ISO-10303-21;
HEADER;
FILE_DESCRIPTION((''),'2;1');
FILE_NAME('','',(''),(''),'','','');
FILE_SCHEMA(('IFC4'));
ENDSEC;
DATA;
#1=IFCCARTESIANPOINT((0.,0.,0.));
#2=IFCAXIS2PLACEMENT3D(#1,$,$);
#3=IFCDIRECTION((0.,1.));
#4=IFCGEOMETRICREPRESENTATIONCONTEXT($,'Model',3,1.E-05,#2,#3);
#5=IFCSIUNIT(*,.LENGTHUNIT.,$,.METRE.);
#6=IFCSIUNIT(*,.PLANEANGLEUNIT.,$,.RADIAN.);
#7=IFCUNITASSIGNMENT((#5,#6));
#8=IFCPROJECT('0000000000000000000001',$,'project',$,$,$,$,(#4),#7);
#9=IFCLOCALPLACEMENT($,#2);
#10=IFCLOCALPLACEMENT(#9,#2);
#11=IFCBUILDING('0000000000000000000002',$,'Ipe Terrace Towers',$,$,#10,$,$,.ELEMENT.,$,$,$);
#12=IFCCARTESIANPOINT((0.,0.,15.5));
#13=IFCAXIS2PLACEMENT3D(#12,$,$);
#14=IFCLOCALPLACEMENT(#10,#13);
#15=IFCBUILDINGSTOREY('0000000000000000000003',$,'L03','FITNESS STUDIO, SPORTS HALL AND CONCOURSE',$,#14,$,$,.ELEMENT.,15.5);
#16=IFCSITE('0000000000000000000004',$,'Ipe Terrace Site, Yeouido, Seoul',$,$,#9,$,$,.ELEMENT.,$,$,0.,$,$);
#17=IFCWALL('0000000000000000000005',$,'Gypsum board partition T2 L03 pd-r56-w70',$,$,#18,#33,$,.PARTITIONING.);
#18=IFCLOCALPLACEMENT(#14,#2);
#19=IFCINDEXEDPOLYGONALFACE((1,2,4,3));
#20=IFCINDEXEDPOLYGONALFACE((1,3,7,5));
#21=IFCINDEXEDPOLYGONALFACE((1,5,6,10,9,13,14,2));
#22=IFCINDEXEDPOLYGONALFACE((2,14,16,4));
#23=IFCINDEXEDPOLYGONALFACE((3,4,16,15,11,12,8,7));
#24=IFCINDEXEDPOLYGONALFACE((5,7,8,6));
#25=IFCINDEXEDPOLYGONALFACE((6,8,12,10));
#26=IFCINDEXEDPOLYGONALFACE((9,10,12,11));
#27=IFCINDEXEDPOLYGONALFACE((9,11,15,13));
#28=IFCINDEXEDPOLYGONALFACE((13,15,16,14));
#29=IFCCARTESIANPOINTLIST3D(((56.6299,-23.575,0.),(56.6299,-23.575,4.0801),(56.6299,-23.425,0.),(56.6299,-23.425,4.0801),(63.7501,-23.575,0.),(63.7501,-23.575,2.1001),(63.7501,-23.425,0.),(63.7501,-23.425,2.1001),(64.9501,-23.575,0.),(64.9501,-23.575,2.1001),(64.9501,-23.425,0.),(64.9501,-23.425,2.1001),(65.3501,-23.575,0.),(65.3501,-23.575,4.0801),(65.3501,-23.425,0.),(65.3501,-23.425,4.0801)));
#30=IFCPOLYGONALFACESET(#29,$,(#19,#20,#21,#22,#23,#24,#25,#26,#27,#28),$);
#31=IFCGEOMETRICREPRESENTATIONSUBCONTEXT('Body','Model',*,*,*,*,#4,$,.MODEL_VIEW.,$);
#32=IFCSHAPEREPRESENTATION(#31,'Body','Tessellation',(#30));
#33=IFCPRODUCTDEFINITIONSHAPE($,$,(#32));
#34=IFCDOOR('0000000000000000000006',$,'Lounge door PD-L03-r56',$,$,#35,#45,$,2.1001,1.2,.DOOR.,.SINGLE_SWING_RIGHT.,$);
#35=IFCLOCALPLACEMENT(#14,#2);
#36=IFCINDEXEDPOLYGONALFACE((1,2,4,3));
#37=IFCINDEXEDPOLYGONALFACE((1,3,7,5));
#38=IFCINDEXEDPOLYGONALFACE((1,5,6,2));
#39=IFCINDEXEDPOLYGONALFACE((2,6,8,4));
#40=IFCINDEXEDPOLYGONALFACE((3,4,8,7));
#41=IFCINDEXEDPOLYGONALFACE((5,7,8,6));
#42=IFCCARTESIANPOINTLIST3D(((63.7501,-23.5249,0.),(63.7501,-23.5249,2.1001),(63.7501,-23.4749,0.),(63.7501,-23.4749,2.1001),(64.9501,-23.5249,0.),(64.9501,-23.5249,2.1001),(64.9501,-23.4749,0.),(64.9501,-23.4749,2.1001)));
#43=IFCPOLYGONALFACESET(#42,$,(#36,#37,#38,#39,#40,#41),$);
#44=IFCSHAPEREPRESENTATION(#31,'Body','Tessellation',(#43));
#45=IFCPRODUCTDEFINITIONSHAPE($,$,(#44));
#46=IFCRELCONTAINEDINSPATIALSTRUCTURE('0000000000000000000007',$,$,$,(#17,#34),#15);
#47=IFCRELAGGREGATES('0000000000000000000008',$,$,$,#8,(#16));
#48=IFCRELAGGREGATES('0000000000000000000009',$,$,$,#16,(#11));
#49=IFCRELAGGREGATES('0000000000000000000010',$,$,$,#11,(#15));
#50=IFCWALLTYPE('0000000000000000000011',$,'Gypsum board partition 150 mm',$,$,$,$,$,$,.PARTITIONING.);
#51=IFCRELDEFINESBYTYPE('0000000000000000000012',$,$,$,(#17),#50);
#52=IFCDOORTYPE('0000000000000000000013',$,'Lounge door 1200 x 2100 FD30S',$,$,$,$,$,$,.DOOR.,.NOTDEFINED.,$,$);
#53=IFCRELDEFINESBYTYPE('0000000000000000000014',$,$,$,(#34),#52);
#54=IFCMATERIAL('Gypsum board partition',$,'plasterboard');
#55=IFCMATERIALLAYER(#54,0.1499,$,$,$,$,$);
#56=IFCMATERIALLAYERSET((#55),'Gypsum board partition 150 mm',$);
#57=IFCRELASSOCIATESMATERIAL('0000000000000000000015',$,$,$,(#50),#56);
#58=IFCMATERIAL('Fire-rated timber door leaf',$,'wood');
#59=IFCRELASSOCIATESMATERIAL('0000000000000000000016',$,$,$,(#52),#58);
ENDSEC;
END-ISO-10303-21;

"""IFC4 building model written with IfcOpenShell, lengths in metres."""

from ifc_helpers import new_model, si_unit, direction, frame, frame_2d, origin, place, context, subcontext, project, spatial, rectangle, extrude, material, layer, layer_set, type_object, element, fill, save


model = new_model("IFC4")

# Units and contexts
model_context = context("Model", 3, precision=1e-05, world=origin(), true_north=direction((0.0, 1.0)))
body_context = subcontext(model_context, "Body", "Model", "MODEL_VIEW")
ifc_project = project(units=[si_unit("LENGTHUNIT", "METRE"), si_unit("PLANEANGLEUNIT", "RADIAN")], contexts=[model_context])

# Site, building, storey
site_placement = place(None, origin())
site = spatial("IfcSite", under=ifc_project, at=site_placement, Name="Ipe Terrace Site, Yeouido, Seoul", CompositionType="ELEMENT", RefElevation=0.0)
building_placement = place(site_placement, origin())
building = spatial("IfcBuilding", under=site, at=building_placement, Name="Ipe Terrace Towers", CompositionType="ELEMENT")
storey_placement = place(building_placement, frame((0.0, 0.0, 15.5)))
storey = spatial("IfcBuildingStorey", under=building, at=storey_placement, Name="L03", Description="FITNESS STUDIO, SPORTS HALL AND CONCOURSE", CompositionType="ELEMENT", Elevation=15.5)

# Shared definitions
ifc_material_1 = material(Name="Gypsum board partition", Category="plasterboard")
ifc_layer_1 = layer(ifc_material_1, 0.1499)
ifc_layer_set_1 = layer_set([ifc_layer_1], Name="Gypsum board partition 150 mm")
wall_type = type_object("IfcWallType", Name="Gypsum board partition 150 mm", PredefinedType="PARTITIONING", material=ifc_layer_set_1)

# Wall, opening, door
wall_1_placement = place(storey_placement, frame((65.3501, -23.5, 0.0), z_axis=(0.0, 0.0, 1.0), x_axis=(-1.0, 0.0, 0.0)))
wall_1 = element("IfcWall", 1, at=wall_1_placement, inside=storey, type_object=wall_type, Name="Gypsum board partition T2 L03 pd-r56-w70", PredefinedType="PARTITIONING", context=body_context, shape_type="SweptSolid", body=[
    extrude(rectangle(XDim=8.7202, YDim=0.1499, at=frame_2d((4.3601, 0.0))), origin(), (0.0, 0.0, 1.0), 4.0801),
])
opening_1_placement = place(wall_1_placement, frame((0.3999, 0.0, 0.0)))
opening_1 = element("IfcOpeningElement", 2, at=opening_1_placement, cuts=wall_1, PredefinedType="OPENING", context=body_context, shape_type="SweptSolid", body=[
    extrude(rectangle(XDim=1.2, YDim=2.1001, at=frame_2d((0.6001, 1.05))), frame((0.0, 0.085, 0.0), z_axis=(0.0, -1.0, 0.0), x_axis=(1.0, 0.0, 0.0)), (0.0, 0.0, 1.0), 0.1699),
])
ifc_material_2 = material(Name="Fire-rated timber door leaf", Category="wood")
door_type_1 = type_object("IfcDoorType", Name="Lounge door 1200 x 2100 FD30S", OperationType="NOTDEFINED", PredefinedType="DOOR", material=ifc_material_2)
door_1_placement = place(opening_1_placement, origin())
door_1 = element("IfcDoor", 3, at=door_1_placement, inside=storey, type_object=door_type_1, Name="Lounge door PD-L03-r56", OperationType="SINGLE_SWING_RIGHT", OverallHeight=2.1001, OverallWidth=1.2, PredefinedType="DOOR", context=body_context, shape_type="SweptSolid", body=[
    extrude(rectangle(XDim=1.2, YDim=2.1001, at=frame_2d((0.6001, 1.05))), frame((0.0, 0.0249, 0.0), z_axis=(0.0, -1.0, 0.0), x_axis=(1.0, 0.0, 0.0)), (0.0, 0.0, 1.0), 0.05),
])
fill(opening_1, door_1)

save(model, "model.ifc")
